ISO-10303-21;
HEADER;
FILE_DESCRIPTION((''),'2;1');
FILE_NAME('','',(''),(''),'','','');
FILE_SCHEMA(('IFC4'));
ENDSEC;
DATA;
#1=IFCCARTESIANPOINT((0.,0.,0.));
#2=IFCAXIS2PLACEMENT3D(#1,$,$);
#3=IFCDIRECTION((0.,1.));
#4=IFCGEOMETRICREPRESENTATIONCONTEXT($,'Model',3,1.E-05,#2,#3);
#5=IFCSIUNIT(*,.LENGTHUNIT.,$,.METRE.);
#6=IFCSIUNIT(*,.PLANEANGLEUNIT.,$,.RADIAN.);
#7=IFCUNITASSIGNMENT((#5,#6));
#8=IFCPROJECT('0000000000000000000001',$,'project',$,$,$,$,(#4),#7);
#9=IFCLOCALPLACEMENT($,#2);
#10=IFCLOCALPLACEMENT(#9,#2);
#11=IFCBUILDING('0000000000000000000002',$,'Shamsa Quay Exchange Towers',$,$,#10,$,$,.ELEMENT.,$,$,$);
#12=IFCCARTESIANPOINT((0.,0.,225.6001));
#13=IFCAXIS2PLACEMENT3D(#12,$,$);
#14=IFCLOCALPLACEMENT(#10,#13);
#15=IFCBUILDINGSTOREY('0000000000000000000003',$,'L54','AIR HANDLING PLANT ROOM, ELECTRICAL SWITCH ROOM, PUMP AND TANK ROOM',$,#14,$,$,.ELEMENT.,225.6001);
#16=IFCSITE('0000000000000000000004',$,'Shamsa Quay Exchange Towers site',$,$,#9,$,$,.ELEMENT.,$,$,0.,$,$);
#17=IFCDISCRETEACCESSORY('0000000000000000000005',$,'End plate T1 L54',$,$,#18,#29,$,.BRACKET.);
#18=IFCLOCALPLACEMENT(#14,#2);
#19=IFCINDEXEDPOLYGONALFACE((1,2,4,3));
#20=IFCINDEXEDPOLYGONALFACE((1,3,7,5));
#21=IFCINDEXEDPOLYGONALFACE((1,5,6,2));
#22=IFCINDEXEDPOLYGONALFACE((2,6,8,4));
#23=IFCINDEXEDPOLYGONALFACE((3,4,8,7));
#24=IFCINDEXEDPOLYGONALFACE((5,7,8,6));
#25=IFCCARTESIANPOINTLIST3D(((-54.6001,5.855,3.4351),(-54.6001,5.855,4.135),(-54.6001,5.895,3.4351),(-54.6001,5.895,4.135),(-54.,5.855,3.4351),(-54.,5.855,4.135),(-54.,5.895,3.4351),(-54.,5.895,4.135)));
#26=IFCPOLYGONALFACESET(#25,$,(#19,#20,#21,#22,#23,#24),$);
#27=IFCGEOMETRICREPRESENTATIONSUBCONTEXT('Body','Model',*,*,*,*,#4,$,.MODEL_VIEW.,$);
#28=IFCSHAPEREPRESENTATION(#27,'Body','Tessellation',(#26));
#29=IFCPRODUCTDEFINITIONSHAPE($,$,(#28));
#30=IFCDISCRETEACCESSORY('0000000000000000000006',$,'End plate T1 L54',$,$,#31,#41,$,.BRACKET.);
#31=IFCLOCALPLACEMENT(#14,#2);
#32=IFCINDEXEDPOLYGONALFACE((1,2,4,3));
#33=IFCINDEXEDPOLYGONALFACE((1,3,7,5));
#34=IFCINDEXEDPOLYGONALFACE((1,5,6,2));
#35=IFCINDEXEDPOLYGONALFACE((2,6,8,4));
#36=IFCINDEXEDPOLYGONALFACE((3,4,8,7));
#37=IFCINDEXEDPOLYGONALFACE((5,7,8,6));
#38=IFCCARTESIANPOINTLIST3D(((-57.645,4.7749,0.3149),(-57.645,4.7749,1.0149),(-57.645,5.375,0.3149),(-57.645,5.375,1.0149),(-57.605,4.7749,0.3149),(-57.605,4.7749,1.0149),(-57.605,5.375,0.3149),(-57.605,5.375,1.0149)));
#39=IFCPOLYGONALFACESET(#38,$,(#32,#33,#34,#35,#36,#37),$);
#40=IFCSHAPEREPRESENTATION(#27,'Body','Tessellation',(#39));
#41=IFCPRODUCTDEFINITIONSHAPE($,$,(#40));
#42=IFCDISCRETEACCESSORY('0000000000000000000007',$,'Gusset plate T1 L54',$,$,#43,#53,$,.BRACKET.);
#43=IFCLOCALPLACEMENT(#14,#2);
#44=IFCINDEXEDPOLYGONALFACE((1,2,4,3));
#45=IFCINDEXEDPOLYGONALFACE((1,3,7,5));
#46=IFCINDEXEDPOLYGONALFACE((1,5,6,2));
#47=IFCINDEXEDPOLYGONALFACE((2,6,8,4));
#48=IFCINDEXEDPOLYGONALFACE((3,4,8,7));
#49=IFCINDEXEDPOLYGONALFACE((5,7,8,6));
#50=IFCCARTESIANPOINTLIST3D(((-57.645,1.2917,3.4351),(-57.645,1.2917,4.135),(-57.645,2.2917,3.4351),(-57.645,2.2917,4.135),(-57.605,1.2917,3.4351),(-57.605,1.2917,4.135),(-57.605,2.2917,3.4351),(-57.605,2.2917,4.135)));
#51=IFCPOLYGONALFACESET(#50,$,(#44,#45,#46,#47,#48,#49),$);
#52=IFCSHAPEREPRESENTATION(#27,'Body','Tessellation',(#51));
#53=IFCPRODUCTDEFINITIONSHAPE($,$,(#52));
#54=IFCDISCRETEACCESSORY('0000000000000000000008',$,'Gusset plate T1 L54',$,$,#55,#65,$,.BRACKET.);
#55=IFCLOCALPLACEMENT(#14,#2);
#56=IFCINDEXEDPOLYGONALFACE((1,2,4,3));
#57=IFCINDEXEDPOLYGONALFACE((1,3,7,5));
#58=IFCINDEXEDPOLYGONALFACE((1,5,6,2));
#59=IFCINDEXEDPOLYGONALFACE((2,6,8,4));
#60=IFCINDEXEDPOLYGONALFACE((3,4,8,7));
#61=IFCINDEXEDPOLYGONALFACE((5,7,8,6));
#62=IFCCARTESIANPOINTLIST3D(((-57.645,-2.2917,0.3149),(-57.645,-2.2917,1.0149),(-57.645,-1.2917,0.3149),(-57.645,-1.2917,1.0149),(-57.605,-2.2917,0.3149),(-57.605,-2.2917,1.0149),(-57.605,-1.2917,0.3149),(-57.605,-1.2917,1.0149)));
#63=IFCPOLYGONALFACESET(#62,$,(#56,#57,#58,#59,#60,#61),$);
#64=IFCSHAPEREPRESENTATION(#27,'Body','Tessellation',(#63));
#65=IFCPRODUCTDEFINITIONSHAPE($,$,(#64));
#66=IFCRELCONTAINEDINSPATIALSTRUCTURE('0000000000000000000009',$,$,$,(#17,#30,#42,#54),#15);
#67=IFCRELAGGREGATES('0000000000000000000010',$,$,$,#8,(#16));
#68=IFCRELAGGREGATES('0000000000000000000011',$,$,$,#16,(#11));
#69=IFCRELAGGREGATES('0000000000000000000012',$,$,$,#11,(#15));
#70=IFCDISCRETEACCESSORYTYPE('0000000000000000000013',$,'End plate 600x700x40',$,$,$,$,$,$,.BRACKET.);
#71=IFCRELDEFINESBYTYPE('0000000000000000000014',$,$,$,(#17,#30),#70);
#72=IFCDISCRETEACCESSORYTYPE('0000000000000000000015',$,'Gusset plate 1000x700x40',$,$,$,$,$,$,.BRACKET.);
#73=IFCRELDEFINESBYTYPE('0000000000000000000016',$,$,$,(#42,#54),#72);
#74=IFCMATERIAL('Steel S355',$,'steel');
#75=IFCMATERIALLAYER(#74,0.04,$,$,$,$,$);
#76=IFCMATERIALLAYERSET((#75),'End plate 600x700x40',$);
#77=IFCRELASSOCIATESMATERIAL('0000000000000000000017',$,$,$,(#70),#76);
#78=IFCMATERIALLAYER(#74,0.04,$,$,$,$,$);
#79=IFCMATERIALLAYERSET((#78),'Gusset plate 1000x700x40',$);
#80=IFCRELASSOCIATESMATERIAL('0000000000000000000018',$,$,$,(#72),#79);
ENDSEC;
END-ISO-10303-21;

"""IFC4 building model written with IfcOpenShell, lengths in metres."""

from ifc_helpers import new_model, si_unit, direction, frame, origin, origin_2d, place, context, subcontext, project, spatial, rectangle, extrude, material, layer, layer_set, type_object, element, save


model = new_model("IFC4")

# Units and contexts
model_context = context("Model", 3, precision=1e-05, world=origin(), true_north=direction((0.0, 1.0)))
body_context = subcontext(model_context, "Body", "Model", "MODEL_VIEW")
ifc_project = project(units=[si_unit("LENGTHUNIT", "METRE"), si_unit("PLANEANGLEUNIT", "RADIAN")], contexts=[model_context])

# Site, building, storey
site_placement = place(None, origin())
site = spatial("IfcSite", under=ifc_project, at=site_placement, Name="Shamsa Quay Exchange Towers site", CompositionType="ELEMENT", RefElevation=0.0)
building_placement = place(site_placement, origin())
building = spatial("IfcBuilding", under=site, at=building_placement, Name="Shamsa Quay Exchange Towers", CompositionType="ELEMENT")
storey_placement = place(building_placement, frame((0.0, 0.0, 225.6001)))
storey = spatial("IfcBuildingStorey", under=building, at=storey_placement, Name="L54", Description="AIR HANDLING PLANT ROOM, ELECTRICAL SWITCH ROOM, PUMP AND TANK ROOM", CompositionType="ELEMENT", Elevation=225.6001)

# Shared definitions
ifc_material_1 = material(Name="Steel S355", Category="steel")

# Discrete accessories
ifc_layer_1 = layer(ifc_material_1, 0.04)
ifc_layer_set_1 = layer_set([ifc_layer_1], Name="End plate 600x700x40")
discrete_accessory_type_1 = type_object("IfcDiscreteAccessoryType", Name="End plate 600x700x40", PredefinedType="BRACKET", material=ifc_layer_set_1)
for number, where, name in (
    (1, (-54.3, 5.875, 3.4351), "End plate T1 L54"),
):
    element("IfcDiscreteAccessory", number, at=place(storey_placement, frame(where)), inside=storey, type_object=discrete_accessory_type_1, Name=name, PredefinedType="BRACKET", context=body_context, shape_type="SweptSolid", body=[
        extrude(rectangle(XDim=0.6001, YDim=0.04, at=origin_2d()), origin(), (0.0, 0.0, 1.0), 0.7),
    ])
discrete_accessory_placement = place(storey_placement, frame((-57.625, 5.075, 0.3149), z_axis=(0.0, 0.0, 1.0), x_axis=(0.0, -1.0, 0.0)))
element("IfcDiscreteAccessory", 2, at=discrete_accessory_placement, inside=storey, type_object=discrete_accessory_type_1, Name="End plate T1 L54", PredefinedType="BRACKET", context=body_context, shape_type="SweptSolid", body=[
    extrude(rectangle(XDim=0.6001, YDim=0.04, at=origin_2d()), origin(), (0.0, 0.0, 1.0), 0.7),
])
ifc_layer_2 = layer(ifc_material_1, 0.04)
ifc_layer_set_2 = layer_set([ifc_layer_2], Name="Gusset plate 1000x700x40")
discrete_accessory_type_2 = type_object("IfcDiscreteAccessoryType", Name="Gusset plate 1000x700x40", PredefinedType="BRACKET", material=ifc_layer_set_2)
for number, where, z_axis, x_axis, name in (
    (3, (-57.625, 1.7917, 3.4351), (0.0, 0.0, 1.0), (0.0, -1.0, 0.0), "Gusset plate T1 L54"),
    (4, (-57.625, -1.7917, 0.3149), (0.0, 0.0, 1.0), (0.0, -1.0, 0.0), "Gusset plate T1 L54"),
):
    element("IfcDiscreteAccessory", number, at=place(storey_placement, frame(where, z_axis=z_axis, x_axis=x_axis)), inside=storey, type_object=discrete_accessory_type_2, Name=name, PredefinedType="BRACKET", context=body_context, shape_type="SweptSolid", body=[
        extrude(rectangle(XDim=1.0, YDim=0.04, at=origin_2d()), origin(), (0.0, 0.0, 1.0), 0.7),
    ])

save(model, "model.ifc")
